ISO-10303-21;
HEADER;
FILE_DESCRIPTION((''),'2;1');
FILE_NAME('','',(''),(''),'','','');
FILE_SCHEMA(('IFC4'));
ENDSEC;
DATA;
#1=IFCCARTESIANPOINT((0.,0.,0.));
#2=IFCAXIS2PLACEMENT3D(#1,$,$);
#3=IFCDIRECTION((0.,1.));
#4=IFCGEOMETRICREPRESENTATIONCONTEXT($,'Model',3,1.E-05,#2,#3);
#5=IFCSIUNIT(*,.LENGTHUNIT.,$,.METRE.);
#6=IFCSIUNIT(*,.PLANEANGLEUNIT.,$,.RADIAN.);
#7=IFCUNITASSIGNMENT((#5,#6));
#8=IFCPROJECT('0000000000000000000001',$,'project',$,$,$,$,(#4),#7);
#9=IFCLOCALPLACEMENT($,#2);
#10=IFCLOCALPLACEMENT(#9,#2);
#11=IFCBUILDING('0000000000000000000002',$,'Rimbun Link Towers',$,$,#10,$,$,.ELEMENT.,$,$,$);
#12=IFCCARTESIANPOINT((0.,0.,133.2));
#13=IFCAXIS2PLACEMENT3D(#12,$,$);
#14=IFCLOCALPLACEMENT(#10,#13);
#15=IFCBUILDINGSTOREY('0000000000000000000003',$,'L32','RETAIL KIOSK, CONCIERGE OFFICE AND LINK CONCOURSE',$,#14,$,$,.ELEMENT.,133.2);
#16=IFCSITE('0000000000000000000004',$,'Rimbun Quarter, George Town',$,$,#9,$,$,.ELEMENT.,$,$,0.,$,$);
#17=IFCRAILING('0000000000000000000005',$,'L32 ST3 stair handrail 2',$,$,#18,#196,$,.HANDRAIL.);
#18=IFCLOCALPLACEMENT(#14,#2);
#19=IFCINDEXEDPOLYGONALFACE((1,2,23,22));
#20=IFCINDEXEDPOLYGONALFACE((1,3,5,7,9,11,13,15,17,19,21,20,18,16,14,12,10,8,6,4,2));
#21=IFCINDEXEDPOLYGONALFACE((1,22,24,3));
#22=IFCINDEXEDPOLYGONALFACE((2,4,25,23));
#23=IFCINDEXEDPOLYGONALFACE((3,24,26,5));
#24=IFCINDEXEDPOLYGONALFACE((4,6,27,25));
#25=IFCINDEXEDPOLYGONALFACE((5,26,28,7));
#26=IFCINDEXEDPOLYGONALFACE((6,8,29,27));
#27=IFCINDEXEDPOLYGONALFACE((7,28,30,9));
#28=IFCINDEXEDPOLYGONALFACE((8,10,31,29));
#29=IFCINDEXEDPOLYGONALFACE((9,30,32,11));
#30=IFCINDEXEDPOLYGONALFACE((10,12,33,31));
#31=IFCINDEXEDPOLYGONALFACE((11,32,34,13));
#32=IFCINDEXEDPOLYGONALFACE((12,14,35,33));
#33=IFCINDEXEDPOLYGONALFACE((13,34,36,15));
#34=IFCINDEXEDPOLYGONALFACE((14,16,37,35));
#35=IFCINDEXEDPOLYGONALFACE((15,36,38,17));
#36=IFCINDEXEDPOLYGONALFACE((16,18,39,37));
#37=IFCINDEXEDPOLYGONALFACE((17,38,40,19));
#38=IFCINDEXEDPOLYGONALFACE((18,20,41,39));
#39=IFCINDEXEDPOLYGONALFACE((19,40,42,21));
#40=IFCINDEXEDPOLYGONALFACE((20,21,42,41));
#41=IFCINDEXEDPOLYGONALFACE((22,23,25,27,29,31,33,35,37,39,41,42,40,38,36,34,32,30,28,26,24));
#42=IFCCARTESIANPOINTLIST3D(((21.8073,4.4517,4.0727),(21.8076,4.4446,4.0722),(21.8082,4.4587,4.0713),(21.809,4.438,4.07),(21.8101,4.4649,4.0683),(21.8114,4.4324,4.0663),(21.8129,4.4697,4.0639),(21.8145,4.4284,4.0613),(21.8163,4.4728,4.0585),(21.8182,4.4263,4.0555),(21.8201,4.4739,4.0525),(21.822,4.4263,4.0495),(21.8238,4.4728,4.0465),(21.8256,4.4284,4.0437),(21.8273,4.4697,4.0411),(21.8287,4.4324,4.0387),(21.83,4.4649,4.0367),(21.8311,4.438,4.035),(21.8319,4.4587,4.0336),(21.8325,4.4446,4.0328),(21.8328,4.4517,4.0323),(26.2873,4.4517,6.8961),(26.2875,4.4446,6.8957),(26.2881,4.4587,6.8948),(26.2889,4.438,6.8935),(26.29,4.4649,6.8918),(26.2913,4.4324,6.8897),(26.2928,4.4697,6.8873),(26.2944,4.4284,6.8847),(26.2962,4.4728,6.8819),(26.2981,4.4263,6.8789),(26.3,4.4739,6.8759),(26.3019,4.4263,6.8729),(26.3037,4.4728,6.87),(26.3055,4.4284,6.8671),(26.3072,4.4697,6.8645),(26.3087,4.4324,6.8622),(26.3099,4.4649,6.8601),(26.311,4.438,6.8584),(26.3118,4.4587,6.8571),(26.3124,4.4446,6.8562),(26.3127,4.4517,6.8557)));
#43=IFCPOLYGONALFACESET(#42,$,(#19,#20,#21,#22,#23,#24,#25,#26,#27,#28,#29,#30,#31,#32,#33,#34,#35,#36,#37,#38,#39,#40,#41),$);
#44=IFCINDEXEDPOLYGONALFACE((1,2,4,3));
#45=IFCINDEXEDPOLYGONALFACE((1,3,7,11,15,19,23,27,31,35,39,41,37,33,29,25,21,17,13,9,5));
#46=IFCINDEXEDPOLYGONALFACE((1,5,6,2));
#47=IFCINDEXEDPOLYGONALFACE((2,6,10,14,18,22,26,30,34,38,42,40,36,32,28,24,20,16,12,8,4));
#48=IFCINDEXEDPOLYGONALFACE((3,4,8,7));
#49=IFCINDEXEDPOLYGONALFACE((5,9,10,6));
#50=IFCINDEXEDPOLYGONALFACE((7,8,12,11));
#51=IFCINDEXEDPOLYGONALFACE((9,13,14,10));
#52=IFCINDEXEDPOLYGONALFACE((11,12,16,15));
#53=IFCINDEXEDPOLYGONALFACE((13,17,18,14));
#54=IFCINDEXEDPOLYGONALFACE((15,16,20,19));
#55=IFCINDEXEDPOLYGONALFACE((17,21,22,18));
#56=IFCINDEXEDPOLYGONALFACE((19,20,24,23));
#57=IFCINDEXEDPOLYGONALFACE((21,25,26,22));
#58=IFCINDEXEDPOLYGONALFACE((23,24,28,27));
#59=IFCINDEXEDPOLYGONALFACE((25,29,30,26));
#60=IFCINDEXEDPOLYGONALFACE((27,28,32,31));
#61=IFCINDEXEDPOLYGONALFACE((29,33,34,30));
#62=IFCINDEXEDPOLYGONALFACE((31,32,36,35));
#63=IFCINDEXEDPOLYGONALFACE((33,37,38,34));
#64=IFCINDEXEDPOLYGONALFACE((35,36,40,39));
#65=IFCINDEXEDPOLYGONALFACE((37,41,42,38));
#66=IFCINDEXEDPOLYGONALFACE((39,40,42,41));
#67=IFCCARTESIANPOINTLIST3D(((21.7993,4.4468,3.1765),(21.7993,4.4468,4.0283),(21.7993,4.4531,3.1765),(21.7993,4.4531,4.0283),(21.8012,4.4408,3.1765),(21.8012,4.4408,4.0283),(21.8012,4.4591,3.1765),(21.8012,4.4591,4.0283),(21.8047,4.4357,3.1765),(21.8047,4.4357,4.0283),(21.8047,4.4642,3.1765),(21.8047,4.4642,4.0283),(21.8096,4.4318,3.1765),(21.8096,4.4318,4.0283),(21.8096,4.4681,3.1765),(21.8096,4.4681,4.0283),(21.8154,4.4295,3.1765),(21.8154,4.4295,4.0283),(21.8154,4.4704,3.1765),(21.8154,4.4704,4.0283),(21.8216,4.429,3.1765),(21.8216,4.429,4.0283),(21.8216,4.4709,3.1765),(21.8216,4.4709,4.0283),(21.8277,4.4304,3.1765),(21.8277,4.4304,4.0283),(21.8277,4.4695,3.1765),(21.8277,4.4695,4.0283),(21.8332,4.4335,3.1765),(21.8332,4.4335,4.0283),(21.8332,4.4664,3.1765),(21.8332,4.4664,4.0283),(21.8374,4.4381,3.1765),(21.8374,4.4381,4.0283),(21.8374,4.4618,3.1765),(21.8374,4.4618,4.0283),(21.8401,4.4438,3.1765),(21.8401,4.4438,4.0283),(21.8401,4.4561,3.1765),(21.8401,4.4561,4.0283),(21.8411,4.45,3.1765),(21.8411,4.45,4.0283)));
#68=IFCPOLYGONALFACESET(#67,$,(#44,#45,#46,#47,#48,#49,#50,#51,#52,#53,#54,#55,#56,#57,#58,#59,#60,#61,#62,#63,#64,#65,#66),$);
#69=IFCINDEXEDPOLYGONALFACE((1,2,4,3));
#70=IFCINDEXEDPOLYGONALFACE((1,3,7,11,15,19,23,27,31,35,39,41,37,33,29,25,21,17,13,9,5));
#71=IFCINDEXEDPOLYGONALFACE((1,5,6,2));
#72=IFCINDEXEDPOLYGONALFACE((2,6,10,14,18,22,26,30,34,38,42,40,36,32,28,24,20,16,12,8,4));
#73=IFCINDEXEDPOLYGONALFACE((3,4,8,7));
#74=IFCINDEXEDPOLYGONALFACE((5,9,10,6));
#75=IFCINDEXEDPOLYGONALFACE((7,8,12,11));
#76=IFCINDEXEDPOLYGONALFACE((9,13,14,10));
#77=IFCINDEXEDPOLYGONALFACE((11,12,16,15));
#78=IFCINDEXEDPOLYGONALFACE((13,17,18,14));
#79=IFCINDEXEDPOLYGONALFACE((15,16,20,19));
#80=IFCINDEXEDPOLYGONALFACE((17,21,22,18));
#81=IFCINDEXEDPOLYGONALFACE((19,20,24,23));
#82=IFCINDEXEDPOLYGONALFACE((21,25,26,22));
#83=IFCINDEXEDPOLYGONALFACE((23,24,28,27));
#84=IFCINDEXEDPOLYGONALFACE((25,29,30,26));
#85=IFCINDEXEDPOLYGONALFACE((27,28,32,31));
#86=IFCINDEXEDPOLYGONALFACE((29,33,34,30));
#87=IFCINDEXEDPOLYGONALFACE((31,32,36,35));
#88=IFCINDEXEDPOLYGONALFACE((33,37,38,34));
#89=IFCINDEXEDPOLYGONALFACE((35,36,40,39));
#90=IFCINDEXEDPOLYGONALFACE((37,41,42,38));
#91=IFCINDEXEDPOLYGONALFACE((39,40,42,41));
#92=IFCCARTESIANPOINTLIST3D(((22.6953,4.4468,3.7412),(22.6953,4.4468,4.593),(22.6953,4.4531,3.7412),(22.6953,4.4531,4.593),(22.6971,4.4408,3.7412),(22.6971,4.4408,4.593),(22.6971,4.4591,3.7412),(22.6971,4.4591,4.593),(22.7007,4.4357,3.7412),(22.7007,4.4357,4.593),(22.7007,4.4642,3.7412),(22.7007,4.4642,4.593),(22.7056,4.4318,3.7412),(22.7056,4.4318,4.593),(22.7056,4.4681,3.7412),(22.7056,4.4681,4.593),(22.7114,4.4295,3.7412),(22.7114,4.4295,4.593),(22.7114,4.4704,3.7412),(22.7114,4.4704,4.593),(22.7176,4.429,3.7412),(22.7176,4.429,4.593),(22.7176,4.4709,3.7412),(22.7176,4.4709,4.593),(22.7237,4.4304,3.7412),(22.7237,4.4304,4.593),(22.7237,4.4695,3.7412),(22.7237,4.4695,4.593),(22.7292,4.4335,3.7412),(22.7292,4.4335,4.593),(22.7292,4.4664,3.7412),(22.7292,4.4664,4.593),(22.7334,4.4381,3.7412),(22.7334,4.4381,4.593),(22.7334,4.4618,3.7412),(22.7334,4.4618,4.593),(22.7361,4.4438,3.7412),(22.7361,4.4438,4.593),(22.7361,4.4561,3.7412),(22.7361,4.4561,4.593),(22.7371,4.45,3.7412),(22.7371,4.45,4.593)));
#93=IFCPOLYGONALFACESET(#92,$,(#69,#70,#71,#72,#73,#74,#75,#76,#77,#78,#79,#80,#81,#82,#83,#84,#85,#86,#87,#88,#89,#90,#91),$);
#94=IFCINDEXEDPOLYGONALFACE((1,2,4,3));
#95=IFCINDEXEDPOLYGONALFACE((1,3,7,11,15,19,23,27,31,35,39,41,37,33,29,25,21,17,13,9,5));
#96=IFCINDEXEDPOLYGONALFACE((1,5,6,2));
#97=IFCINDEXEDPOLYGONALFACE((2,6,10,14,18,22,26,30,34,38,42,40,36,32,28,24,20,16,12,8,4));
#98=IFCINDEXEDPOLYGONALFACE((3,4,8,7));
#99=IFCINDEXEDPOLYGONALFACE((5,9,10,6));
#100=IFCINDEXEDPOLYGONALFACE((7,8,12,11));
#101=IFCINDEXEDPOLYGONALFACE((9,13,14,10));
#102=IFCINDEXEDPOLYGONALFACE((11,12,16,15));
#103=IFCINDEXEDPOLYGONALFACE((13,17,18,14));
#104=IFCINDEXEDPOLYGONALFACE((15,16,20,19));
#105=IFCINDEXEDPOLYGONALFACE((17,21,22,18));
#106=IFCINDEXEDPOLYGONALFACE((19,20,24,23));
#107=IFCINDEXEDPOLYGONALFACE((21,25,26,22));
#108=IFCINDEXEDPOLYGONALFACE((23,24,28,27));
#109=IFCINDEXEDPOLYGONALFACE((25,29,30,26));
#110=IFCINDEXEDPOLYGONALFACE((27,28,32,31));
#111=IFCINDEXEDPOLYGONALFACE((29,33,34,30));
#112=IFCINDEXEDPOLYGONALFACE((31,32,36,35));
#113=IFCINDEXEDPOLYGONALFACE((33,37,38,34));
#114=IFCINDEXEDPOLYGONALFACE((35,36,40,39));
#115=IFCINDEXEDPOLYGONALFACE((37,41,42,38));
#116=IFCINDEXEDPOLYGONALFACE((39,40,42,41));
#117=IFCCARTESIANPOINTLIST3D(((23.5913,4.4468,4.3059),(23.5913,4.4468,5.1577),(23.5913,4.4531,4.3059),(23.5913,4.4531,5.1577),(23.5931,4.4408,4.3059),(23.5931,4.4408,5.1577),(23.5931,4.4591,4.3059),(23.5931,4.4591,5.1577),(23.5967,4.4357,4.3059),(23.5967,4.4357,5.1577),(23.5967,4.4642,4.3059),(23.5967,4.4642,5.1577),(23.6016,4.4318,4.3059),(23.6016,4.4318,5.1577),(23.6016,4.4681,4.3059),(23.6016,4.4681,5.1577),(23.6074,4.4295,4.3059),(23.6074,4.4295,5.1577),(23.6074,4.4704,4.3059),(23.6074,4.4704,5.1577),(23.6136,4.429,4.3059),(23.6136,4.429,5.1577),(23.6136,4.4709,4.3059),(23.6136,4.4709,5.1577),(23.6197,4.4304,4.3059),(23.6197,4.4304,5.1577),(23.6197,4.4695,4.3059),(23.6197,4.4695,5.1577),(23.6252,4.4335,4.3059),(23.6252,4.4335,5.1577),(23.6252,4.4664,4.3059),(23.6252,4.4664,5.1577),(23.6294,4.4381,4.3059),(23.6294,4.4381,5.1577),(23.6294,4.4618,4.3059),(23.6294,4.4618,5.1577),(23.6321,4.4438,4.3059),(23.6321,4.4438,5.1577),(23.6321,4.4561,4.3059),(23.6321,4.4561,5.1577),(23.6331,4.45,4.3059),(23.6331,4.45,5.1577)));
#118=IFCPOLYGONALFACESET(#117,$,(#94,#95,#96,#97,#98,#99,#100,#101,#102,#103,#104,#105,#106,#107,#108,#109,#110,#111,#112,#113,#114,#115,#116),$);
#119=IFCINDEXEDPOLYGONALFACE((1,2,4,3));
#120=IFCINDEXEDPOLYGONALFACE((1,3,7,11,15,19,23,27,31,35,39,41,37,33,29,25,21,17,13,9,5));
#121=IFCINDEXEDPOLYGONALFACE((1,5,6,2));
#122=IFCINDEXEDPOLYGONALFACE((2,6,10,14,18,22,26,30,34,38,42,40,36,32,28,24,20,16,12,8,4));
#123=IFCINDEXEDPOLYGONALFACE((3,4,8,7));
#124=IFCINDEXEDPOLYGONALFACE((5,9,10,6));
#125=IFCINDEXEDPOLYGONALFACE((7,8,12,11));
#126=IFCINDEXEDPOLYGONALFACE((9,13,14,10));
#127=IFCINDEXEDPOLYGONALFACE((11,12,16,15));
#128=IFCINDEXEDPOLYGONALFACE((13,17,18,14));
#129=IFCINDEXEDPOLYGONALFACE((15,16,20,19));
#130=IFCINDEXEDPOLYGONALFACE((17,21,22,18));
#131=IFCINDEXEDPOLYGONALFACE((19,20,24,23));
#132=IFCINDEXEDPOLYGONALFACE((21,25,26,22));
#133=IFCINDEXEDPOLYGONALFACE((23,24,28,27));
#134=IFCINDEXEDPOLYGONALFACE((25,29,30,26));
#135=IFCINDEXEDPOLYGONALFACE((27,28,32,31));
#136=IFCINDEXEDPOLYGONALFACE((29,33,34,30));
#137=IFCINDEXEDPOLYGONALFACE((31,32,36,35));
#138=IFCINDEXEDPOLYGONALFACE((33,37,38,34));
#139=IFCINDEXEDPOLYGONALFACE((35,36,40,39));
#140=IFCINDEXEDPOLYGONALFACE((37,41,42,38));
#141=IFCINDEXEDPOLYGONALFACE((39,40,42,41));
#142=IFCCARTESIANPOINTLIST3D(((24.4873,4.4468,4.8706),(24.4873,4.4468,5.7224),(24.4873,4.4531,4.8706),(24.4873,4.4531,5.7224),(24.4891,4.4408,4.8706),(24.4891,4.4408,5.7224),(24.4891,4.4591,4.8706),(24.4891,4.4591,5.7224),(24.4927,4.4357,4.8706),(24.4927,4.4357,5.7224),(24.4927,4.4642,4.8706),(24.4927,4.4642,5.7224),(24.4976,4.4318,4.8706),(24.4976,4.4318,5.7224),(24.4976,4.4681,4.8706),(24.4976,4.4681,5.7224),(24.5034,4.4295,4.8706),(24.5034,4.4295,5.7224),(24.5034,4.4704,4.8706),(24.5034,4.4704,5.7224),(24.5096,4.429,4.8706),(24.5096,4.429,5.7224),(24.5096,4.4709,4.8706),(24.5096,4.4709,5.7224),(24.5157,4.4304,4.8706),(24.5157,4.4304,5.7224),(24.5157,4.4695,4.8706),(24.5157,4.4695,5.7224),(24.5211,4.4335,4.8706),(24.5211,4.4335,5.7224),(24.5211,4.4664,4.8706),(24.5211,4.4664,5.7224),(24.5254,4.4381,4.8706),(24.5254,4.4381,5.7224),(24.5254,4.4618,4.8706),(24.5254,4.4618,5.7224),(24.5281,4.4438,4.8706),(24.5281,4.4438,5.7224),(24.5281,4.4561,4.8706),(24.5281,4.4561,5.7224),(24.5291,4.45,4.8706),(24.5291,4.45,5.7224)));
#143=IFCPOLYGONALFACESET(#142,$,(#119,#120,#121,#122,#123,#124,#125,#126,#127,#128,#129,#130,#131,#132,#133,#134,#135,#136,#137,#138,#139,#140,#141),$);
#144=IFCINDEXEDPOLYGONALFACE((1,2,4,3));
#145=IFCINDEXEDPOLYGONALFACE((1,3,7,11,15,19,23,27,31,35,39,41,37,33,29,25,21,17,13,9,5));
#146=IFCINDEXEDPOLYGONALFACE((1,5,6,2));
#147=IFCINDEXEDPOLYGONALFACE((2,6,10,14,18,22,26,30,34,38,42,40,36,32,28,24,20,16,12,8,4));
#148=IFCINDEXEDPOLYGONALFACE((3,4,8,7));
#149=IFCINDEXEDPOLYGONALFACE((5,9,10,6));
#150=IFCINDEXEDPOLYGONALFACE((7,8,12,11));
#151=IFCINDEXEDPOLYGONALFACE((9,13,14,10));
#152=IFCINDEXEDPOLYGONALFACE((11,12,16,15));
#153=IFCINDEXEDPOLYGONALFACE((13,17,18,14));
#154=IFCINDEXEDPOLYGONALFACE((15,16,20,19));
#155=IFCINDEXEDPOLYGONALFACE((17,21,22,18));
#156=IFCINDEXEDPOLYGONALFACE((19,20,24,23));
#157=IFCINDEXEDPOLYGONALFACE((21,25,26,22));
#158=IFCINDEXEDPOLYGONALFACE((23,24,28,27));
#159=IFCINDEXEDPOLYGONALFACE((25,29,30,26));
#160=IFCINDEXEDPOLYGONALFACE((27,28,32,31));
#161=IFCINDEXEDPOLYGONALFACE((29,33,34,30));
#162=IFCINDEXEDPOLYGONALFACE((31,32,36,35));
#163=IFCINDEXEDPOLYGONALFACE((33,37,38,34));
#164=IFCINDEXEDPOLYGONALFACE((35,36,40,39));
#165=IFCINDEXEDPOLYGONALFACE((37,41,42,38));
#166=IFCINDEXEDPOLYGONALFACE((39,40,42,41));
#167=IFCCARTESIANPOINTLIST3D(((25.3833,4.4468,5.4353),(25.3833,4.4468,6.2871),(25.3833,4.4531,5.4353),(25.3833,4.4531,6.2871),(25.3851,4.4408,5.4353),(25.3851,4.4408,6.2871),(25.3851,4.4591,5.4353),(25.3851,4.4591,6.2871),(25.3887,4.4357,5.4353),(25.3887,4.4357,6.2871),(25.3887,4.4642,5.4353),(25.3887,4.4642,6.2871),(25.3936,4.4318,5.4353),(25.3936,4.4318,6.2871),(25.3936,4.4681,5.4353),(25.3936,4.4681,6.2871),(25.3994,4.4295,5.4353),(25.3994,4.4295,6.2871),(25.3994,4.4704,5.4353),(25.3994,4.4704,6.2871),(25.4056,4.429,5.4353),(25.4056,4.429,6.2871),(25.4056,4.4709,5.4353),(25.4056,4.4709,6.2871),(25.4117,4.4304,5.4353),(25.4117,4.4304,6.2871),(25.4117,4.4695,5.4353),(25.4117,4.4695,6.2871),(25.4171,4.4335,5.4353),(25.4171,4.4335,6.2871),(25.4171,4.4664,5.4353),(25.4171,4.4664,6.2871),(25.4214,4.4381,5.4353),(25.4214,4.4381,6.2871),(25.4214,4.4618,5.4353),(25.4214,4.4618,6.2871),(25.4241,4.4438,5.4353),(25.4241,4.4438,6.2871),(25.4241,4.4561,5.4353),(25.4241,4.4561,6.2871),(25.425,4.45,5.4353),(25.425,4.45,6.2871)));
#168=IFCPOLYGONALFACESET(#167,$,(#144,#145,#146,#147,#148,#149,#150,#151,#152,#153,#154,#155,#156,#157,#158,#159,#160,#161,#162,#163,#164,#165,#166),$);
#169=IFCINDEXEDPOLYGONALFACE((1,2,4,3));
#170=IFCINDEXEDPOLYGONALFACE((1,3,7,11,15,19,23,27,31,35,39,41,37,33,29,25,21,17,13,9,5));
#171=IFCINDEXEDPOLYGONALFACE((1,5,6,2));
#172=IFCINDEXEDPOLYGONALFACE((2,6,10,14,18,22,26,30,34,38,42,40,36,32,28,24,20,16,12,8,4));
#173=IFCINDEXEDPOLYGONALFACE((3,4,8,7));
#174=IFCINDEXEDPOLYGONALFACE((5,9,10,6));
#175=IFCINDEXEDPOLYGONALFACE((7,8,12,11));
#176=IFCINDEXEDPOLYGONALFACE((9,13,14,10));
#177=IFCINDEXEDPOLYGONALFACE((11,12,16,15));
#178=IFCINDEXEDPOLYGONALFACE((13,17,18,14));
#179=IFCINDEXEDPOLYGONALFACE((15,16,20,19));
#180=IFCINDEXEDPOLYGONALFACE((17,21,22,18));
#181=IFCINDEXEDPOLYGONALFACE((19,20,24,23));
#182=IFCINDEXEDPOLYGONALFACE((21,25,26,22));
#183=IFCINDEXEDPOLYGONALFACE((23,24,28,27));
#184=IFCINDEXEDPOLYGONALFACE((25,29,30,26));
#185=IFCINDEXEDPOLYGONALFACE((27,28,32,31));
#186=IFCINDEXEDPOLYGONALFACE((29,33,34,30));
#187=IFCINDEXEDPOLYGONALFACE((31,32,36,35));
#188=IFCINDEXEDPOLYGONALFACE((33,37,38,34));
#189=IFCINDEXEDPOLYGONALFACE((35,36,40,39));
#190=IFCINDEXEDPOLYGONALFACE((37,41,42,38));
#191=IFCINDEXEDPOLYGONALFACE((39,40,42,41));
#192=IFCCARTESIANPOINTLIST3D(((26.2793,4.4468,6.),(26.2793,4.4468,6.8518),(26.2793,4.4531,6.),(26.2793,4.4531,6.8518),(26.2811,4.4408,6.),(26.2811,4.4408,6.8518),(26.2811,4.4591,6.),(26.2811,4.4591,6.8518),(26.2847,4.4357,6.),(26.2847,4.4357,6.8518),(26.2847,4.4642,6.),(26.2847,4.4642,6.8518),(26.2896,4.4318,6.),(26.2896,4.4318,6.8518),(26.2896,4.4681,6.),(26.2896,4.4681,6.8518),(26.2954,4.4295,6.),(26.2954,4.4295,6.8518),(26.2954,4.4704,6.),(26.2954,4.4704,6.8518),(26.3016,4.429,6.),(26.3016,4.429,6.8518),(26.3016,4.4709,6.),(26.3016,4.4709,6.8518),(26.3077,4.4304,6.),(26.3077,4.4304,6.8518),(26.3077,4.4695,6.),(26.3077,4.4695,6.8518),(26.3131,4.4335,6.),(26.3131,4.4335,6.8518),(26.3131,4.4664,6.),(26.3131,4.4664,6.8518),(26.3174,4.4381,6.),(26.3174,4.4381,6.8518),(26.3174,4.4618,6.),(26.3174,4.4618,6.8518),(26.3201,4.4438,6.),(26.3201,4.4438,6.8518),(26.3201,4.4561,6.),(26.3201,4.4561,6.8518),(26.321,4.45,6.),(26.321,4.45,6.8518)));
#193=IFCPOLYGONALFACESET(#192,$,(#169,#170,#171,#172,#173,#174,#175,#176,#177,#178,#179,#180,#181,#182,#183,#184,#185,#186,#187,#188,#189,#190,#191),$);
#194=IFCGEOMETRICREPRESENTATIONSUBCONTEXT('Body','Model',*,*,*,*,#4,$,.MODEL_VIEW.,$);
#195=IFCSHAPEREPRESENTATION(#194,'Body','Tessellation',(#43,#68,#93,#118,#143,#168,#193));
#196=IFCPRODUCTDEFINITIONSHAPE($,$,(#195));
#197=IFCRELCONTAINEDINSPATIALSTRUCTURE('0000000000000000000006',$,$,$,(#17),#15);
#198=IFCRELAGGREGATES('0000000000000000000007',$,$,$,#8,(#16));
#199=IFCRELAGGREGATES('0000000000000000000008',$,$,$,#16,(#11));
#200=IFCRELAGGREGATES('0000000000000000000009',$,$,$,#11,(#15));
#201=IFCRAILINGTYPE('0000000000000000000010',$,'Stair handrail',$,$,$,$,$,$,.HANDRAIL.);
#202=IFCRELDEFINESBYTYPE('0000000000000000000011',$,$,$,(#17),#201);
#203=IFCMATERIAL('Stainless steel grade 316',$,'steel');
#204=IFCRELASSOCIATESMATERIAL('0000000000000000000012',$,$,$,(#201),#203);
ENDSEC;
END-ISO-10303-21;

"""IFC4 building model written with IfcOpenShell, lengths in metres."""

from ifc_helpers import new_model, si_unit, direction, frame, origin, origin_2d, place, context, subcontext, project, spatial, circle, extrude, material, type_object, element, save


model = new_model("IFC4")

# Units and contexts
model_context = context("Model", 3, precision=1e-05, world=origin(), true_north=direction((0.0, 1.0)))
body_context = subcontext(model_context, "Body", "Model", "MODEL_VIEW")
ifc_project = project(units=[si_unit("LENGTHUNIT", "METRE"), si_unit("PLANEANGLEUNIT", "RADIAN")], contexts=[model_context])

# Site, building, storey
site_placement = place(None, origin())
site = spatial("IfcSite", under=ifc_project, at=site_placement, Name="Rimbun Quarter, George Town", CompositionType="ELEMENT", RefElevation=0.0)
building_placement = place(site_placement, origin())
building = spatial("IfcBuilding", under=site, at=building_placement, Name="Rimbun Link Towers", CompositionType="ELEMENT")
storey_placement = place(building_placement, frame((0.0, 0.0, 133.2)))
storey = spatial("IfcBuildingStorey", under=building, at=storey_placement, Name="L32", Description="RETAIL KIOSK, CONCIERGE OFFICE AND LINK CONCOURSE", CompositionType="ELEMENT", Elevation=133.2)

# Railing
ifc_material_1 = material(Name="Stainless steel grade 316", Category="steel")
railing_type_1 = type_object("IfcRailingType", Name="Stair handrail", PredefinedType="HANDRAIL", material=ifc_material_1)
railing_1_placement = place(storey_placement, frame((21.8201, 4.45, 3.1765)))
element("IfcRailing", 1, at=railing_1_placement, inside=storey, type_object=railing_type_1, Name="L32 ST3 stair handrail 2", PredefinedType="HANDRAIL", context=body_context, shape_type="SweptSolid", body=[
    extrude(circle(Radius=0.0239, at=origin_2d()), frame((0.0, 0.0, 0.876), z_axis=(0.845998, 0.0, 0.533186), x_axis=(0.0, 1.0, 0.0)), (0.0, 0.0, 1.0), 5.2954),
    extrude(circle(Radius=0.021, at=origin_2d()), origin(), (0.0, 0.0, 1.0), 0.8518),
    extrude(circle(Radius=0.021, at=origin_2d()), frame((0.896, 0.0, 0.5647)), (0.0, 0.0, 1.0), 0.8518),
    extrude(circle(Radius=0.021, at=origin_2d()), frame((1.792, 0.0, 1.1294)), (0.0, 0.0, 1.0), 0.8518),
    extrude(circle(Radius=0.021, at=origin_2d()), frame((2.688, 0.0, 1.6941)), (0.0, 0.0, 1.0), 0.8518),
    extrude(circle(Radius=0.021, at=origin_2d()), frame((3.584, 0.0, 2.2588)), (0.0, 0.0, 1.0), 0.8518),
    extrude(circle(Radius=0.021, at=origin_2d()), frame((4.48, 0.0, 2.8235)), (0.0, 0.0, 1.0), 0.8518),
])

save(model, "model.ifc")
